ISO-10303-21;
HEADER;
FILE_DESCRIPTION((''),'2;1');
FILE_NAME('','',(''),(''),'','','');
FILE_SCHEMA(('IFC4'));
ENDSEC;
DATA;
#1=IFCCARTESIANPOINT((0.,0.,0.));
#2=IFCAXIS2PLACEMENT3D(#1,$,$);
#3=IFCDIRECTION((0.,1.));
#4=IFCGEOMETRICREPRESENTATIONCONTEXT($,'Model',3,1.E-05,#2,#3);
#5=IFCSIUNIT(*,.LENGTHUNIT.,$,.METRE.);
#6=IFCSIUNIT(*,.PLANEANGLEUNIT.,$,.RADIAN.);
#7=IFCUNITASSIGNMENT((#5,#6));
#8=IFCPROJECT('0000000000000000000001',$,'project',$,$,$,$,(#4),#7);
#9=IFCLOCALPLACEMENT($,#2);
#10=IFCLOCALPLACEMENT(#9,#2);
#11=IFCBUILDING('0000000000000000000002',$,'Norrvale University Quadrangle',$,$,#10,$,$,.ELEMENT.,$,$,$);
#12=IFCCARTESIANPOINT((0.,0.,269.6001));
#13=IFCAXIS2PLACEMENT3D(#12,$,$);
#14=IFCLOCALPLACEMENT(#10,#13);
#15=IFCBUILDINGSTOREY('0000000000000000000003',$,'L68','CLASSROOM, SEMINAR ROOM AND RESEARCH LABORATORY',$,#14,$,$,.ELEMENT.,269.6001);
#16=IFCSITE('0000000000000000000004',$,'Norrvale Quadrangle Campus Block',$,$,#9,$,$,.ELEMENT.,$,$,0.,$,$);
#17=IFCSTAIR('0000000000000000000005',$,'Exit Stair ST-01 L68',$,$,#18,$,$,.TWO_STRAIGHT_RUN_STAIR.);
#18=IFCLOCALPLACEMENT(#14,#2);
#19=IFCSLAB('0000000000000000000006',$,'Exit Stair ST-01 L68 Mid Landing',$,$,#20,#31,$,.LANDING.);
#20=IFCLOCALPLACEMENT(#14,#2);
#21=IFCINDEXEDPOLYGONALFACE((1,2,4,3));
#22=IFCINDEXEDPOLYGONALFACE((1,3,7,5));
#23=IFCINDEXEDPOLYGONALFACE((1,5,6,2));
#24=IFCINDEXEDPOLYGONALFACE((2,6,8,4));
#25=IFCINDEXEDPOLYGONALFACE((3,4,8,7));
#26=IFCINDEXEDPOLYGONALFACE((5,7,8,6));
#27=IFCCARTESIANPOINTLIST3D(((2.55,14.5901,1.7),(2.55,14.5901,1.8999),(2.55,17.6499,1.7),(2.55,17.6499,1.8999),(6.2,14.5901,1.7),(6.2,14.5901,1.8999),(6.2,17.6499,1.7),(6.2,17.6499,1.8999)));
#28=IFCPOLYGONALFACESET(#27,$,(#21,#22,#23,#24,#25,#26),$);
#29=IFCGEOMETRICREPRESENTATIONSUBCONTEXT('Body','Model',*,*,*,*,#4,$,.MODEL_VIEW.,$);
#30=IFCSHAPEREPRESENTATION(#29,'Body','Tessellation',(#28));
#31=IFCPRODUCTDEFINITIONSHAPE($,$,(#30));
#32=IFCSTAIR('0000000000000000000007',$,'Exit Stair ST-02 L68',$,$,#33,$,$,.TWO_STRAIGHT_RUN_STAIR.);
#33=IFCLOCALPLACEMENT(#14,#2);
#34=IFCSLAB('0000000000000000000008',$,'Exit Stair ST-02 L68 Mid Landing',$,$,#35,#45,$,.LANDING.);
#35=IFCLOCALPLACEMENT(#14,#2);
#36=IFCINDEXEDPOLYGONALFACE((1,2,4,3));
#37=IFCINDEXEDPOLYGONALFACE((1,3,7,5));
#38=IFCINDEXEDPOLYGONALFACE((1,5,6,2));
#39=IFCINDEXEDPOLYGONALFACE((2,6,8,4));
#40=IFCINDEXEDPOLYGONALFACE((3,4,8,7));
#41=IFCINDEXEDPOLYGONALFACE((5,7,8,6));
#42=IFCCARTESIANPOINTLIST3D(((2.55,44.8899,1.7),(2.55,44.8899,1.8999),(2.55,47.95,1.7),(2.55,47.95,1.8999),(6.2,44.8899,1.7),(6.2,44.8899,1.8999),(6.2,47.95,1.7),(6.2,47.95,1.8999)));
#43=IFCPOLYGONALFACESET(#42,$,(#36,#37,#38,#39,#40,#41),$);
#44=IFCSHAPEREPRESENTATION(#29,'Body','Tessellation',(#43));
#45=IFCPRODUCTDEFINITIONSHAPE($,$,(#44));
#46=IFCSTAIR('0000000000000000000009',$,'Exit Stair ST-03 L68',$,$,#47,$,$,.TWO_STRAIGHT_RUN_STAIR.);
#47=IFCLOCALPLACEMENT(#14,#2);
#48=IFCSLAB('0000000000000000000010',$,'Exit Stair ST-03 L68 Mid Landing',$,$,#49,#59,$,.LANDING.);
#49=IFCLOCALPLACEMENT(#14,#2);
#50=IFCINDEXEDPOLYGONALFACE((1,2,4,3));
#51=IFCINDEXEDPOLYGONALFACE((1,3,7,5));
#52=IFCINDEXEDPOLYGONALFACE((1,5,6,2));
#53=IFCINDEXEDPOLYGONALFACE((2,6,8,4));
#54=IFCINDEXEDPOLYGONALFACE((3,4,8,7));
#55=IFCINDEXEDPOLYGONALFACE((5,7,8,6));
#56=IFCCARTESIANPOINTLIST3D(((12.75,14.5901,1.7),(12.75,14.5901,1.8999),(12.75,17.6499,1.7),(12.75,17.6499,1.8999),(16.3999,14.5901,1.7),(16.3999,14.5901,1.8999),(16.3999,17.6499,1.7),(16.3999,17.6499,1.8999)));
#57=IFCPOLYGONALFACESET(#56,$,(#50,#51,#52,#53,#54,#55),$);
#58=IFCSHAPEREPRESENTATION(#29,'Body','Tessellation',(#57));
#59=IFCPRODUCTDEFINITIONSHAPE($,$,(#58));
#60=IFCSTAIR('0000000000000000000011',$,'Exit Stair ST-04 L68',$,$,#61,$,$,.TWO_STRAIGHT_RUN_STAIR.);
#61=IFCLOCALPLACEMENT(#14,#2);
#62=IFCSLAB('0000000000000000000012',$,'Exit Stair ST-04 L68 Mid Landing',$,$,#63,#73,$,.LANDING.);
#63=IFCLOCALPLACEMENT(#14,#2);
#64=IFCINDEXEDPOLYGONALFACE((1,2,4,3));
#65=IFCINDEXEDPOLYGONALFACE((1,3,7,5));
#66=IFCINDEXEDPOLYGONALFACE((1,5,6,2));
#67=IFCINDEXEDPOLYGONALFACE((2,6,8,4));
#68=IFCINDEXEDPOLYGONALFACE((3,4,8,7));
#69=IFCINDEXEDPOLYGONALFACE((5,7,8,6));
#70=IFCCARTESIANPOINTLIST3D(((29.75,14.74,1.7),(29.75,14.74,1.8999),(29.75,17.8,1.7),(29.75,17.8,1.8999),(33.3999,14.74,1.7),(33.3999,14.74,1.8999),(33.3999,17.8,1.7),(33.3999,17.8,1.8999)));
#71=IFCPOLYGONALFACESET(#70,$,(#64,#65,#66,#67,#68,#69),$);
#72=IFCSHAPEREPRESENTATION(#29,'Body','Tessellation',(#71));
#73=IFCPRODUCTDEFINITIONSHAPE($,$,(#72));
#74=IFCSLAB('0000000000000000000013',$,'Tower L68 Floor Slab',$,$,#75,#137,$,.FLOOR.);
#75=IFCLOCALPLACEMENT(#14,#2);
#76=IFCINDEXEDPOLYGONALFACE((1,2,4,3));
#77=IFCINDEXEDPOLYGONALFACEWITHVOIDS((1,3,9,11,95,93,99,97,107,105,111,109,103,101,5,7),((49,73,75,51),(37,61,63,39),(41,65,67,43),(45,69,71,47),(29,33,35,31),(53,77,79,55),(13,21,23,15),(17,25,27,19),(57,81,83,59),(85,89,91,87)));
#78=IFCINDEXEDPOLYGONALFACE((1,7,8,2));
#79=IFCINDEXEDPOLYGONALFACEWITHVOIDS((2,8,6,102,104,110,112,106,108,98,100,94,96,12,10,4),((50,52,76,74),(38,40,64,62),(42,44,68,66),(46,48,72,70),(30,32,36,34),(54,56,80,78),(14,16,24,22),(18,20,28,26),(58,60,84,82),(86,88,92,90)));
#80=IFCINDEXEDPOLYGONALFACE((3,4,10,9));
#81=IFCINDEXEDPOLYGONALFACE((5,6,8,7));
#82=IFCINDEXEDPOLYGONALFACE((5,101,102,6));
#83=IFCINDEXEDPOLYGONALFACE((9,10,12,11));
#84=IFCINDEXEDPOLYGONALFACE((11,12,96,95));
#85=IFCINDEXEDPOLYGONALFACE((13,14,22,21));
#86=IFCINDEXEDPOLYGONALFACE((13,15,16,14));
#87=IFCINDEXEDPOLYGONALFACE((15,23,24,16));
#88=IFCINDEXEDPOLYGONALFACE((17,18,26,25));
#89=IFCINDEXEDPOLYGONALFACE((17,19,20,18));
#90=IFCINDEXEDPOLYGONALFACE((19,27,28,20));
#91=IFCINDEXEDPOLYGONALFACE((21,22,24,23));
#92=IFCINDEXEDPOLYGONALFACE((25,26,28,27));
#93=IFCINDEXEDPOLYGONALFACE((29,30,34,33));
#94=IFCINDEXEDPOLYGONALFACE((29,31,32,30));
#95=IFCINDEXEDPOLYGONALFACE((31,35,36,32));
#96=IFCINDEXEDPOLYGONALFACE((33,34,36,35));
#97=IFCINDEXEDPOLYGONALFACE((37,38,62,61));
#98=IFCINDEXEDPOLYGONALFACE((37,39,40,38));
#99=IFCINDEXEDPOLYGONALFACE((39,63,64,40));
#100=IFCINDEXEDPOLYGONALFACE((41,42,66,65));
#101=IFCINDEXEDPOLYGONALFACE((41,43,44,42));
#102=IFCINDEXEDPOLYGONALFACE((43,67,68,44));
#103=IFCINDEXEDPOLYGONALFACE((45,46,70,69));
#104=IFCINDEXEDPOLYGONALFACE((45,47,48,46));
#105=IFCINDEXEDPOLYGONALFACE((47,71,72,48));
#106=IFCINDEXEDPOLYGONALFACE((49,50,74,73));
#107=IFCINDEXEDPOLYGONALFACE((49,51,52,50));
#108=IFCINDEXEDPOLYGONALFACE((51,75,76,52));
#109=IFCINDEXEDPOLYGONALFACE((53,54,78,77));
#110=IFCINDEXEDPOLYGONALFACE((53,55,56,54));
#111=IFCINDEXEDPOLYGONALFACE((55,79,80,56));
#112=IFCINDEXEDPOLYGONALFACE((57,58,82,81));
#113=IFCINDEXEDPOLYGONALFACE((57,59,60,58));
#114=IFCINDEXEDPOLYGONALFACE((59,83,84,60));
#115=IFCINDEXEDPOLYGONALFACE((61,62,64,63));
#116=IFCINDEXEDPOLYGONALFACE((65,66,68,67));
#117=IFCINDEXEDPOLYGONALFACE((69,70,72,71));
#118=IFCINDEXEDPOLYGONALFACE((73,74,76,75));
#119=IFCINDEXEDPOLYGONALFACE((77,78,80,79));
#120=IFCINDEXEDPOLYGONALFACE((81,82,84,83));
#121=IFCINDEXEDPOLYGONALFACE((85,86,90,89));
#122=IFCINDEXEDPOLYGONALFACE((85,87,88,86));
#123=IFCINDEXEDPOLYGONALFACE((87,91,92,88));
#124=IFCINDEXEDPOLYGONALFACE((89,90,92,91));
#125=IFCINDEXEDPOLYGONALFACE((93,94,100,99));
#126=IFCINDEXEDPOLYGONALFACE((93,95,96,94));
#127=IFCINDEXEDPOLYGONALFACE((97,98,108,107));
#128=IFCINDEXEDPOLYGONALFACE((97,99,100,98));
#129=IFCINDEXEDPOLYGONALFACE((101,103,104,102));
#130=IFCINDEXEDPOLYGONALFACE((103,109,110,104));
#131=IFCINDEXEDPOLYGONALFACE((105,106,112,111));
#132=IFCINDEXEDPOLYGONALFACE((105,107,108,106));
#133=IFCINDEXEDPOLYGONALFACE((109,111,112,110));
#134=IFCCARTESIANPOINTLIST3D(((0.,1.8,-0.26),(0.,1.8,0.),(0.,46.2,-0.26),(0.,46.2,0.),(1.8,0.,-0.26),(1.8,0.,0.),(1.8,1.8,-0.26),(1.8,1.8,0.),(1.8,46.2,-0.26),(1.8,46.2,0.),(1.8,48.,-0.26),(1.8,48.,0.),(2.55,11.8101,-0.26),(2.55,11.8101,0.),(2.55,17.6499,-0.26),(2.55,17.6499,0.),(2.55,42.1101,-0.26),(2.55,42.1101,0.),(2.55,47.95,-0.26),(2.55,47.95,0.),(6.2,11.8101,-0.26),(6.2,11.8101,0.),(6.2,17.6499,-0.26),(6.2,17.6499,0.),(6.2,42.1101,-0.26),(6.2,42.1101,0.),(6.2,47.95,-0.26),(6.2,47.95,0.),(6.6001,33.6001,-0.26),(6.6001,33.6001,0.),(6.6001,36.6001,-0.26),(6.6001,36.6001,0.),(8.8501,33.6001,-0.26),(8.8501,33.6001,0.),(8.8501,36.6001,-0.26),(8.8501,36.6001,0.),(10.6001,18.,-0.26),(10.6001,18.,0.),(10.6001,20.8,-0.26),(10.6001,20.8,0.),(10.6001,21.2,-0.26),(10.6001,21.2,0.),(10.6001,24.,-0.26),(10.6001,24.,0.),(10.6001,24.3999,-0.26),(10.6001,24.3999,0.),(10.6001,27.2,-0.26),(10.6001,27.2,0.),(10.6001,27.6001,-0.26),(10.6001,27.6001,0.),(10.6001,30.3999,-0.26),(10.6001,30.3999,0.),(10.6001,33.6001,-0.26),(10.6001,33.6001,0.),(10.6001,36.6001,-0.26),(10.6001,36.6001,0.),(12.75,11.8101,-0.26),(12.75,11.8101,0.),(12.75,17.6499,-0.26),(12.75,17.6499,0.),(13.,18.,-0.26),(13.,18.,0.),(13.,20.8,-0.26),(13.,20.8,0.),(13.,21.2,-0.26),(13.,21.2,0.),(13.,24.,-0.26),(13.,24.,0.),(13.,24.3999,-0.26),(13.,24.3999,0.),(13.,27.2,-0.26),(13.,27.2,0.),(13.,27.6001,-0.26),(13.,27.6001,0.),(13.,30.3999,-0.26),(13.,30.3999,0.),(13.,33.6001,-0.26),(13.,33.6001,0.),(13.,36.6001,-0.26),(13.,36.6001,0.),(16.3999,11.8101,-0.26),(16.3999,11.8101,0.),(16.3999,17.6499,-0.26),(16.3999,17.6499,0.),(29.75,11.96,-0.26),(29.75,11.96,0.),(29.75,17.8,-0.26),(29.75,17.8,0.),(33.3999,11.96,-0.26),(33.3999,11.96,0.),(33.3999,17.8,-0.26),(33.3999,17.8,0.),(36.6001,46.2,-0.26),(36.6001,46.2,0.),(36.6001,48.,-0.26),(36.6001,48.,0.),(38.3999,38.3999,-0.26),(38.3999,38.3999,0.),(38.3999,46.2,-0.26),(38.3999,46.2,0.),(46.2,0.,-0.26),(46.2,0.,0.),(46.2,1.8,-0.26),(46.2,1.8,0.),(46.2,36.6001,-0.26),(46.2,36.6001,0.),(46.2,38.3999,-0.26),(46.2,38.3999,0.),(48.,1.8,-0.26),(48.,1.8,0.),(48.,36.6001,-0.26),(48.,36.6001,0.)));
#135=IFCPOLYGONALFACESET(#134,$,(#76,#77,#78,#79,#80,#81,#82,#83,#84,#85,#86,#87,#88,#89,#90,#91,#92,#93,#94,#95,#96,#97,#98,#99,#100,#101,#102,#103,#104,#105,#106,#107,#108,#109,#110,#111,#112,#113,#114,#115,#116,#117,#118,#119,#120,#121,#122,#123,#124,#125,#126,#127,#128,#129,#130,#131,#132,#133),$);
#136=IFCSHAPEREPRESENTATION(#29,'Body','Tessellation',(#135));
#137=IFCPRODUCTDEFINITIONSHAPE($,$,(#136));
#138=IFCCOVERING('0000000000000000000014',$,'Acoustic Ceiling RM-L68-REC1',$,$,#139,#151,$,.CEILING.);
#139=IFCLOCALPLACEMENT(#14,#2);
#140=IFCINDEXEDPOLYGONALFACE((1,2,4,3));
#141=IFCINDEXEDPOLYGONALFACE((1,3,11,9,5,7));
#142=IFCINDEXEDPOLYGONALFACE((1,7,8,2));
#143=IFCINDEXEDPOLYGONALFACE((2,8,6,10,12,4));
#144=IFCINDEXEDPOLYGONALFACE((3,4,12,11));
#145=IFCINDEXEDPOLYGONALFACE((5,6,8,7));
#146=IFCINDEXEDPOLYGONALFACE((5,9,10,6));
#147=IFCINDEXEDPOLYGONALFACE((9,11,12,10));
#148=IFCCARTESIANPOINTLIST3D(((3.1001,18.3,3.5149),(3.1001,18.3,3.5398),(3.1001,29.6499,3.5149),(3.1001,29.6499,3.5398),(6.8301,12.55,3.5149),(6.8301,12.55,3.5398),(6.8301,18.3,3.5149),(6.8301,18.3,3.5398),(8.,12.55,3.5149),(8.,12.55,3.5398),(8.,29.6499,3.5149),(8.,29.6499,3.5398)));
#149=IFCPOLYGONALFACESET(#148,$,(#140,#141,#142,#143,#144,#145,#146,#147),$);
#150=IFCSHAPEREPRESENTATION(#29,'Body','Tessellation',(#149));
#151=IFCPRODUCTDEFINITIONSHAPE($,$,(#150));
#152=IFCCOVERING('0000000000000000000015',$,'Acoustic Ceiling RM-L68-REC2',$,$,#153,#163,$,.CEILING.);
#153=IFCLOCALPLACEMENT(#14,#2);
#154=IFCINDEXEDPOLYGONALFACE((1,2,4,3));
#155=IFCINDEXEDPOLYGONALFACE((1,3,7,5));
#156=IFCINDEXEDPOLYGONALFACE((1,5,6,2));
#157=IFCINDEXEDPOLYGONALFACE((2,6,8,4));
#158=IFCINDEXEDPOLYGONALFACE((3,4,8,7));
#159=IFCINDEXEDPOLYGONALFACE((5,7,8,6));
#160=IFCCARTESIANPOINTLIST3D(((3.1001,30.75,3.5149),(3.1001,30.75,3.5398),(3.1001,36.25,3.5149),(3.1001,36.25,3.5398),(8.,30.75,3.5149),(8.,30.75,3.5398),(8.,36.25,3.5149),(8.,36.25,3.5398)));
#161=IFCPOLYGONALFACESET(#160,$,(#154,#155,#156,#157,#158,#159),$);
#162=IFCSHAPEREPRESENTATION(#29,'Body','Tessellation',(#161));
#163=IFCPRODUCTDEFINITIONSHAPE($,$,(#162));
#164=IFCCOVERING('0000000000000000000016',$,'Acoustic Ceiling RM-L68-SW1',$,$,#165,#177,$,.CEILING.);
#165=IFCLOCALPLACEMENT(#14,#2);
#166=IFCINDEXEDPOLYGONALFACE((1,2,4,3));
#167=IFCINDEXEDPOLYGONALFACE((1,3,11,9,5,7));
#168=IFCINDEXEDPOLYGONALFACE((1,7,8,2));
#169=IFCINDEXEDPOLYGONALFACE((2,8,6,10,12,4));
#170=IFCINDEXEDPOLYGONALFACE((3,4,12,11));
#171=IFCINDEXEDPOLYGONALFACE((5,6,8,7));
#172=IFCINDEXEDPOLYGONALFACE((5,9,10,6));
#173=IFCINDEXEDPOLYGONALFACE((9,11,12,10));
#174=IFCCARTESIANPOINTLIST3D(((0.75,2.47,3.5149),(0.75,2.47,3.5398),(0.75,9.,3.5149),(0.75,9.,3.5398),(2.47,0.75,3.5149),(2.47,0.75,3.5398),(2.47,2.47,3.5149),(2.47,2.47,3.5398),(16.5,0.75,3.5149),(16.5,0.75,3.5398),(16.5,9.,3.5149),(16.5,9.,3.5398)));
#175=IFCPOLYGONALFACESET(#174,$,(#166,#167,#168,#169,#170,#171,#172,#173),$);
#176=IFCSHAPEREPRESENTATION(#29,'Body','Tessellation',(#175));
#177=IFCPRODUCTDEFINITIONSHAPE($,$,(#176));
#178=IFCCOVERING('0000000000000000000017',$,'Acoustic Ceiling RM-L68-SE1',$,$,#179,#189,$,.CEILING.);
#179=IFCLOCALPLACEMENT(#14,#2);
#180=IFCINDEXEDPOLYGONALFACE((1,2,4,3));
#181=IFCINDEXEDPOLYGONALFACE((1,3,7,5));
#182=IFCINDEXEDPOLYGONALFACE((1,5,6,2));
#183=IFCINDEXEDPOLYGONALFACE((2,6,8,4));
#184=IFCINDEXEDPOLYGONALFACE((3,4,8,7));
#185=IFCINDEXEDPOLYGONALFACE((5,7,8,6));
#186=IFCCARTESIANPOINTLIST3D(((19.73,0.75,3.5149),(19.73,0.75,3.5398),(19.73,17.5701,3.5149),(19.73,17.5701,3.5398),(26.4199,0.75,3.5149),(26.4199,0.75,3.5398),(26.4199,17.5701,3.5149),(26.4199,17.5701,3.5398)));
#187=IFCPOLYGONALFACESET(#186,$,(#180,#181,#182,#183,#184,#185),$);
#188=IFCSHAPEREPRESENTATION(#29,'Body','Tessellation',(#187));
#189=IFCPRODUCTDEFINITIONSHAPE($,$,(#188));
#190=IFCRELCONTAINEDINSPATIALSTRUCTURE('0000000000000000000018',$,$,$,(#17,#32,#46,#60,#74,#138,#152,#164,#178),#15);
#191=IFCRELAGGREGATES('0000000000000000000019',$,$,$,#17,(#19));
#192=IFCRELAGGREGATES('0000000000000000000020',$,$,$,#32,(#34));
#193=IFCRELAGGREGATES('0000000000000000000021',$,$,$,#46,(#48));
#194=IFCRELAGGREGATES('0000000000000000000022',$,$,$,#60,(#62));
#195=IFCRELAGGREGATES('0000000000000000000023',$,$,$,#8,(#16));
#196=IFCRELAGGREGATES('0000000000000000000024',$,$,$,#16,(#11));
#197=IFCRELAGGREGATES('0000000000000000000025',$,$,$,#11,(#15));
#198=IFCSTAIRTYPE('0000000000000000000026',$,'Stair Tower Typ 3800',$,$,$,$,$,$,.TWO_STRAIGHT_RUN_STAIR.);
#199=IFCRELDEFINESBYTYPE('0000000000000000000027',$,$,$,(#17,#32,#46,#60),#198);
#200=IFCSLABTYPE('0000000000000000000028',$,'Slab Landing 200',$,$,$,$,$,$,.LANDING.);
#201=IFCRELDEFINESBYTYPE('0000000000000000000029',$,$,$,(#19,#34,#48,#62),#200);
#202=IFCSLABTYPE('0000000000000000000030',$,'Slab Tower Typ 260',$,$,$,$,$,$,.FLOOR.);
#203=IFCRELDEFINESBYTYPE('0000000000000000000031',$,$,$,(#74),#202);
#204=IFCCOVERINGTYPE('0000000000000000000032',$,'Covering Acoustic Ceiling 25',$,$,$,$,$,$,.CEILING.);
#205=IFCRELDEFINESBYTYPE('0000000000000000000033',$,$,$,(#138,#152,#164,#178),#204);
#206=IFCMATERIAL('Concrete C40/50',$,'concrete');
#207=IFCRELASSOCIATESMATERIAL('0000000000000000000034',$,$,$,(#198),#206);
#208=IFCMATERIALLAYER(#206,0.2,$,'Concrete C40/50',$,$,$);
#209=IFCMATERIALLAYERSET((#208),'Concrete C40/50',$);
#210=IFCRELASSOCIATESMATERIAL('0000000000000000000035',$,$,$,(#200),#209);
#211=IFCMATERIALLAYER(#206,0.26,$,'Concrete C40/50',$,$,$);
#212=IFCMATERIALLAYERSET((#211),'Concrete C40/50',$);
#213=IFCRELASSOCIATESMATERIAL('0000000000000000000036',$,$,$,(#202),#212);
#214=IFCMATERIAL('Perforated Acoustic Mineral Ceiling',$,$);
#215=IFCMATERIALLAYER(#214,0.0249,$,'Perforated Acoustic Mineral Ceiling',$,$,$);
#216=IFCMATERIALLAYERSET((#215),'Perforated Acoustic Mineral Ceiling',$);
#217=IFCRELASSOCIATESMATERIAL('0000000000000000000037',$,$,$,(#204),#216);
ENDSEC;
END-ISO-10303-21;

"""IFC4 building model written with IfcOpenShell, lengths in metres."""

from ifc_helpers import new_model, si_unit, direction, frame, origin, place, context, subcontext, project, spatial, polyline, outline, extrude, material, layer, layer_set, type_object, element, aggregate, save


model = new_model("IFC4")

# Units and contexts
model_context = context("Model", 3, precision=1e-05, world=origin(), true_north=direction((0.0, 1.0)))
body_context = subcontext(model_context, "Body", "Model", "MODEL_VIEW")
ifc_project = project(units=[si_unit("LENGTHUNIT", "METRE"), si_unit("PLANEANGLEUNIT", "RADIAN")], contexts=[model_context])

# Site, building, storey
site_placement = place(None, origin())
site = spatial("IfcSite", under=ifc_project, at=site_placement, Name="Norrvale Quadrangle Campus Block", CompositionType="ELEMENT", RefElevation=0.0)
building_placement = place(site_placement, origin())
building = spatial("IfcBuilding", under=site, at=building_placement, Name="Norrvale University Quadrangle", CompositionType="ELEMENT")
storey_placement = place(building_placement, frame((0.0, 0.0, 269.6001)))
storey = spatial("IfcBuildingStorey", under=building, at=storey_placement, Name="L68", Description="CLASSROOM, SEMINAR ROOM AND RESEARCH LABORATORY", CompositionType="ELEMENT", Elevation=269.6001)

# Stairs, slabs
ifc_material_1 = material(Name="Concrete C40/50", Category="concrete")
stair_type = type_object("IfcStairType", Name="Stair Tower Typ 3800", PredefinedType="TWO_STRAIGHT_RUN_STAIR", material=ifc_material_1)
stair_1_placement = place(storey_placement, origin())
stair_1 = element("IfcStair", 1, at=stair_1_placement, inside=storey, type_object=stair_type, Name="Exit Stair ST-01 L68", PredefinedType="TWO_STRAIGHT_RUN_STAIR")
ifc_layer_1 = layer(ifc_material_1, 0.2, Name="Concrete C40/50")
ifc_layer_set_1 = layer_set([ifc_layer_1], Name="Concrete C40/50")
slab_type_1 = type_object("IfcSlabType", Name="Slab Landing 200", PredefinedType="LANDING", material=ifc_layer_set_1)
slab_1_placement = place(storey_placement, frame((0.0, 0.0, 1.7)))
slab_1 = element("IfcSlab", 2, at=slab_1_placement, type_object=slab_type_1, Name="Exit Stair ST-01 L68 Mid Landing", PredefinedType="LANDING", context=body_context, shape_type="SweptSolid", body=[
    extrude(outline(polyline([(2.55, 14.5901), (6.2, 14.5901), (6.2, 17.6499), (2.55, 17.6499), (2.55, 14.5901)])), origin(), (0.0, 0.0, 1.0), 0.2),
])
aggregate(stair_1, [slab_1])
stair_2_placement = place(storey_placement, origin())
stair_2 = element("IfcStair", 3, at=stair_2_placement, inside=storey, type_object=stair_type, Name="Exit Stair ST-02 L68", PredefinedType="TWO_STRAIGHT_RUN_STAIR")
slab_2_placement = place(storey_placement, frame((0.0, 0.0, 1.7)))
slab_2 = element("IfcSlab", 4, at=slab_2_placement, type_object=slab_type_1, Name="Exit Stair ST-02 L68 Mid Landing", PredefinedType="LANDING", context=body_context, shape_type="SweptSolid", body=[
    extrude(outline(polyline([(2.55, 44.8899), (6.2, 44.8899), (6.2, 47.95), (2.55, 47.95), (2.55, 44.8899)])), origin(), (0.0, 0.0, 1.0), 0.2),
])
aggregate(stair_2, [slab_2])
stair_3_placement = place(storey_placement, origin())
stair_3 = element("IfcStair", 5, at=stair_3_placement, inside=storey, type_object=stair_type, Name="Exit Stair ST-03 L68", PredefinedType="TWO_STRAIGHT_RUN_STAIR")
slab_3_placement = place(storey_placement, frame((0.0, 0.0, 1.7)))
slab_3 = element("IfcSlab", 6, at=slab_3_placement, type_object=slab_type_1, Name="Exit Stair ST-03 L68 Mid Landing", PredefinedType="LANDING", context=body_context, shape_type="SweptSolid", body=[
    extrude(outline(polyline([(12.75, 14.5901), (16.3999, 14.5901), (16.3999, 17.6499), (12.75, 17.6499), (12.75, 14.5901)])), origin(), (0.0, 0.0, 1.0), 0.2),
])
aggregate(stair_3, [slab_3])
stair_4_placement = place(storey_placement, origin())
stair_4 = element("IfcStair", 7, at=stair_4_placement, inside=storey, type_object=stair_type, Name="Exit Stair ST-04 L68", PredefinedType="TWO_STRAIGHT_RUN_STAIR")
slab_4_placement = place(storey_placement, frame((0.0, 0.0, 1.7)))
slab_4 = element("IfcSlab", 8, at=slab_4_placement, type_object=slab_type_1, Name="Exit Stair ST-04 L68 Mid Landing", PredefinedType="LANDING", context=body_context, shape_type="SweptSolid", body=[
    extrude(outline(polyline([(29.75, 14.74), (33.3999, 14.74), (33.3999, 17.8), (29.75, 17.8), (29.75, 14.74)])), origin(), (0.0, 0.0, 1.0), 0.2),
])
aggregate(stair_4, [slab_4])

# Slab
ifc_layer_2 = layer(ifc_material_1, 0.26, Name="Concrete C40/50")
ifc_layer_set_2 = layer_set([ifc_layer_2], Name="Concrete C40/50")
slab_type_2 = type_object("IfcSlabType", Name="Slab Tower Typ 260", PredefinedType="FLOOR", material=ifc_layer_set_2)
slab_5_placement = place(storey_placement, frame((0.0, 0.0, -0.26)))
element("IfcSlab", 9, at=slab_5_placement, inside=storey, type_object=slab_type_2, Name="Tower L68 Floor Slab", PredefinedType="FLOOR", context=body_context, shape_type="SweptSolid", body=[
    extrude(outline(polyline([(1.8, 0.0), (46.2, 0.0), (46.2, 1.8), (48.0, 1.8), (48.0, 36.6001), (46.2, 36.6001), (46.2, 38.3999), (38.3999, 38.3999), (38.3999, 46.2), (36.6001, 46.2), (36.6001, 48.0), (1.8, 48.0), (1.8, 46.2), (0.0, 46.2), (0.0, 1.8), (1.8, 1.8), (1.8, 0.0)]), holes=[polyline([(2.55, 11.8101), (6.2, 11.8101), (6.2, 17.6499), (2.55, 17.6499), (2.55, 11.8101)]), polyline([(2.55, 42.1101), (6.2, 42.1101), (6.2, 47.95), (2.55, 47.95), (2.55, 42.1101)]), polyline([(12.75, 11.8101), (16.3999, 11.8101), (16.3999, 17.6499), (12.75, 17.6499), (12.75, 11.8101)]), polyline([(29.75, 11.96), (33.3999, 11.96), (33.3999, 17.8), (29.75, 17.8), (29.75, 11.96)]), polyline([(10.6001, 18.0), (13.0, 18.0), (13.0, 20.8), (10.6001, 20.8), (10.6001, 18.0)]), polyline([(10.6001, 21.2), (13.0, 21.2), (13.0, 24.0), (10.6001, 24.0), (10.6001, 21.2)]), polyline([(10.6001, 24.3999), (13.0, 24.3999), (13.0, 27.2), (10.6001, 27.2), (10.6001, 24.3999)]), polyline([(10.6001, 27.6001), (13.0, 27.6001), (13.0, 30.3999), (10.6001, 30.3999), (10.6001, 27.6001)]), polyline([(6.6001, 33.6001), (8.8501, 33.6001), (8.8501, 36.6001), (6.6001, 36.6001), (6.6001, 33.6001)]), polyline([(10.6001, 33.6001), (13.0, 33.6001), (13.0, 36.6001), (10.6001, 36.6001), (10.6001, 33.6001)])]), origin(), (0.0, 0.0, 1.0), 0.26),
])

# Coverings
ifc_material_2 = material(Name="Perforated Acoustic Mineral Ceiling")
ifc_layer_3 = layer(ifc_material_2, 0.0249, Name="Perforated Acoustic Mineral Ceiling")
ifc_layer_set_3 = layer_set([ifc_layer_3], Name="Perforated Acoustic Mineral Ceiling")
covering_type_1 = type_object("IfcCoveringType", Name="Covering Acoustic Ceiling 25", PredefinedType="CEILING", material=ifc_layer_set_3)
covering_1_placement = place(storey_placement, frame((0.0, 0.0, 3.5149)))
element("IfcCovering", 10, at=covering_1_placement, inside=storey, type_object=covering_type_1, Name="Acoustic Ceiling RM-L68-REC1", PredefinedType="CEILING", context=body_context, shape_type="SweptSolid", body=[
    extrude(outline(polyline([(3.1001, 18.3), (3.1001, 29.6499), (8.0, 29.6499), (8.0, 12.55), (6.8301, 12.55), (6.8301, 18.3), (3.1001, 18.3)])), origin(), (0.0, 0.0, 1.0), 0.0249),
])
covering_2_placement = place(storey_placement, frame((0.0, 0.0, 3.5149)))
element("IfcCovering", 11, at=covering_2_placement, inside=storey, type_object=covering_type_1, Name="Acoustic Ceiling RM-L68-REC2", PredefinedType="CEILING", context=body_context, shape_type="SweptSolid", body=[
    extrude(outline(polyline([(3.1001, 30.75), (3.1001, 36.25), (8.0, 36.25), (8.0, 30.75), (3.1001, 30.75)])), origin(), (0.0, 0.0, 1.0), 0.0249),
])
covering_3_placement = place(storey_placement, frame((0.0, 0.0, 3.5149)))
element("IfcCovering", 12, at=covering_3_placement, inside=storey, type_object=covering_type_1, Name="Acoustic Ceiling RM-L68-SW1", PredefinedType="CEILING", context=body_context, shape_type="SweptSolid", body=[
    extrude(outline(polyline([(0.75, 9.0), (16.5, 9.0), (16.5, 0.75), (2.47, 0.75), (2.47, 2.47), (0.75, 2.47), (0.75, 9.0)])), origin(), (0.0, 0.0, 1.0), 0.0249),
])
covering_4_placement = place(storey_placement, frame((0.0, 0.0, 3.5149)))
element("IfcCovering", 13, at=covering_4_placement, inside=storey, type_object=covering_type_1, Name="Acoustic Ceiling RM-L68-SE1", PredefinedType="CEILING", context=body_context, shape_type="SweptSolid", body=[
    extrude(outline(polyline([(19.73, 17.5701), (26.4199, 17.5701), (26.4199, 0.75), (19.73, 0.75), (19.73, 17.5701)])), origin(), (0.0, 0.0, 1.0), 0.0249),
])

save(model, "model.ifc")
